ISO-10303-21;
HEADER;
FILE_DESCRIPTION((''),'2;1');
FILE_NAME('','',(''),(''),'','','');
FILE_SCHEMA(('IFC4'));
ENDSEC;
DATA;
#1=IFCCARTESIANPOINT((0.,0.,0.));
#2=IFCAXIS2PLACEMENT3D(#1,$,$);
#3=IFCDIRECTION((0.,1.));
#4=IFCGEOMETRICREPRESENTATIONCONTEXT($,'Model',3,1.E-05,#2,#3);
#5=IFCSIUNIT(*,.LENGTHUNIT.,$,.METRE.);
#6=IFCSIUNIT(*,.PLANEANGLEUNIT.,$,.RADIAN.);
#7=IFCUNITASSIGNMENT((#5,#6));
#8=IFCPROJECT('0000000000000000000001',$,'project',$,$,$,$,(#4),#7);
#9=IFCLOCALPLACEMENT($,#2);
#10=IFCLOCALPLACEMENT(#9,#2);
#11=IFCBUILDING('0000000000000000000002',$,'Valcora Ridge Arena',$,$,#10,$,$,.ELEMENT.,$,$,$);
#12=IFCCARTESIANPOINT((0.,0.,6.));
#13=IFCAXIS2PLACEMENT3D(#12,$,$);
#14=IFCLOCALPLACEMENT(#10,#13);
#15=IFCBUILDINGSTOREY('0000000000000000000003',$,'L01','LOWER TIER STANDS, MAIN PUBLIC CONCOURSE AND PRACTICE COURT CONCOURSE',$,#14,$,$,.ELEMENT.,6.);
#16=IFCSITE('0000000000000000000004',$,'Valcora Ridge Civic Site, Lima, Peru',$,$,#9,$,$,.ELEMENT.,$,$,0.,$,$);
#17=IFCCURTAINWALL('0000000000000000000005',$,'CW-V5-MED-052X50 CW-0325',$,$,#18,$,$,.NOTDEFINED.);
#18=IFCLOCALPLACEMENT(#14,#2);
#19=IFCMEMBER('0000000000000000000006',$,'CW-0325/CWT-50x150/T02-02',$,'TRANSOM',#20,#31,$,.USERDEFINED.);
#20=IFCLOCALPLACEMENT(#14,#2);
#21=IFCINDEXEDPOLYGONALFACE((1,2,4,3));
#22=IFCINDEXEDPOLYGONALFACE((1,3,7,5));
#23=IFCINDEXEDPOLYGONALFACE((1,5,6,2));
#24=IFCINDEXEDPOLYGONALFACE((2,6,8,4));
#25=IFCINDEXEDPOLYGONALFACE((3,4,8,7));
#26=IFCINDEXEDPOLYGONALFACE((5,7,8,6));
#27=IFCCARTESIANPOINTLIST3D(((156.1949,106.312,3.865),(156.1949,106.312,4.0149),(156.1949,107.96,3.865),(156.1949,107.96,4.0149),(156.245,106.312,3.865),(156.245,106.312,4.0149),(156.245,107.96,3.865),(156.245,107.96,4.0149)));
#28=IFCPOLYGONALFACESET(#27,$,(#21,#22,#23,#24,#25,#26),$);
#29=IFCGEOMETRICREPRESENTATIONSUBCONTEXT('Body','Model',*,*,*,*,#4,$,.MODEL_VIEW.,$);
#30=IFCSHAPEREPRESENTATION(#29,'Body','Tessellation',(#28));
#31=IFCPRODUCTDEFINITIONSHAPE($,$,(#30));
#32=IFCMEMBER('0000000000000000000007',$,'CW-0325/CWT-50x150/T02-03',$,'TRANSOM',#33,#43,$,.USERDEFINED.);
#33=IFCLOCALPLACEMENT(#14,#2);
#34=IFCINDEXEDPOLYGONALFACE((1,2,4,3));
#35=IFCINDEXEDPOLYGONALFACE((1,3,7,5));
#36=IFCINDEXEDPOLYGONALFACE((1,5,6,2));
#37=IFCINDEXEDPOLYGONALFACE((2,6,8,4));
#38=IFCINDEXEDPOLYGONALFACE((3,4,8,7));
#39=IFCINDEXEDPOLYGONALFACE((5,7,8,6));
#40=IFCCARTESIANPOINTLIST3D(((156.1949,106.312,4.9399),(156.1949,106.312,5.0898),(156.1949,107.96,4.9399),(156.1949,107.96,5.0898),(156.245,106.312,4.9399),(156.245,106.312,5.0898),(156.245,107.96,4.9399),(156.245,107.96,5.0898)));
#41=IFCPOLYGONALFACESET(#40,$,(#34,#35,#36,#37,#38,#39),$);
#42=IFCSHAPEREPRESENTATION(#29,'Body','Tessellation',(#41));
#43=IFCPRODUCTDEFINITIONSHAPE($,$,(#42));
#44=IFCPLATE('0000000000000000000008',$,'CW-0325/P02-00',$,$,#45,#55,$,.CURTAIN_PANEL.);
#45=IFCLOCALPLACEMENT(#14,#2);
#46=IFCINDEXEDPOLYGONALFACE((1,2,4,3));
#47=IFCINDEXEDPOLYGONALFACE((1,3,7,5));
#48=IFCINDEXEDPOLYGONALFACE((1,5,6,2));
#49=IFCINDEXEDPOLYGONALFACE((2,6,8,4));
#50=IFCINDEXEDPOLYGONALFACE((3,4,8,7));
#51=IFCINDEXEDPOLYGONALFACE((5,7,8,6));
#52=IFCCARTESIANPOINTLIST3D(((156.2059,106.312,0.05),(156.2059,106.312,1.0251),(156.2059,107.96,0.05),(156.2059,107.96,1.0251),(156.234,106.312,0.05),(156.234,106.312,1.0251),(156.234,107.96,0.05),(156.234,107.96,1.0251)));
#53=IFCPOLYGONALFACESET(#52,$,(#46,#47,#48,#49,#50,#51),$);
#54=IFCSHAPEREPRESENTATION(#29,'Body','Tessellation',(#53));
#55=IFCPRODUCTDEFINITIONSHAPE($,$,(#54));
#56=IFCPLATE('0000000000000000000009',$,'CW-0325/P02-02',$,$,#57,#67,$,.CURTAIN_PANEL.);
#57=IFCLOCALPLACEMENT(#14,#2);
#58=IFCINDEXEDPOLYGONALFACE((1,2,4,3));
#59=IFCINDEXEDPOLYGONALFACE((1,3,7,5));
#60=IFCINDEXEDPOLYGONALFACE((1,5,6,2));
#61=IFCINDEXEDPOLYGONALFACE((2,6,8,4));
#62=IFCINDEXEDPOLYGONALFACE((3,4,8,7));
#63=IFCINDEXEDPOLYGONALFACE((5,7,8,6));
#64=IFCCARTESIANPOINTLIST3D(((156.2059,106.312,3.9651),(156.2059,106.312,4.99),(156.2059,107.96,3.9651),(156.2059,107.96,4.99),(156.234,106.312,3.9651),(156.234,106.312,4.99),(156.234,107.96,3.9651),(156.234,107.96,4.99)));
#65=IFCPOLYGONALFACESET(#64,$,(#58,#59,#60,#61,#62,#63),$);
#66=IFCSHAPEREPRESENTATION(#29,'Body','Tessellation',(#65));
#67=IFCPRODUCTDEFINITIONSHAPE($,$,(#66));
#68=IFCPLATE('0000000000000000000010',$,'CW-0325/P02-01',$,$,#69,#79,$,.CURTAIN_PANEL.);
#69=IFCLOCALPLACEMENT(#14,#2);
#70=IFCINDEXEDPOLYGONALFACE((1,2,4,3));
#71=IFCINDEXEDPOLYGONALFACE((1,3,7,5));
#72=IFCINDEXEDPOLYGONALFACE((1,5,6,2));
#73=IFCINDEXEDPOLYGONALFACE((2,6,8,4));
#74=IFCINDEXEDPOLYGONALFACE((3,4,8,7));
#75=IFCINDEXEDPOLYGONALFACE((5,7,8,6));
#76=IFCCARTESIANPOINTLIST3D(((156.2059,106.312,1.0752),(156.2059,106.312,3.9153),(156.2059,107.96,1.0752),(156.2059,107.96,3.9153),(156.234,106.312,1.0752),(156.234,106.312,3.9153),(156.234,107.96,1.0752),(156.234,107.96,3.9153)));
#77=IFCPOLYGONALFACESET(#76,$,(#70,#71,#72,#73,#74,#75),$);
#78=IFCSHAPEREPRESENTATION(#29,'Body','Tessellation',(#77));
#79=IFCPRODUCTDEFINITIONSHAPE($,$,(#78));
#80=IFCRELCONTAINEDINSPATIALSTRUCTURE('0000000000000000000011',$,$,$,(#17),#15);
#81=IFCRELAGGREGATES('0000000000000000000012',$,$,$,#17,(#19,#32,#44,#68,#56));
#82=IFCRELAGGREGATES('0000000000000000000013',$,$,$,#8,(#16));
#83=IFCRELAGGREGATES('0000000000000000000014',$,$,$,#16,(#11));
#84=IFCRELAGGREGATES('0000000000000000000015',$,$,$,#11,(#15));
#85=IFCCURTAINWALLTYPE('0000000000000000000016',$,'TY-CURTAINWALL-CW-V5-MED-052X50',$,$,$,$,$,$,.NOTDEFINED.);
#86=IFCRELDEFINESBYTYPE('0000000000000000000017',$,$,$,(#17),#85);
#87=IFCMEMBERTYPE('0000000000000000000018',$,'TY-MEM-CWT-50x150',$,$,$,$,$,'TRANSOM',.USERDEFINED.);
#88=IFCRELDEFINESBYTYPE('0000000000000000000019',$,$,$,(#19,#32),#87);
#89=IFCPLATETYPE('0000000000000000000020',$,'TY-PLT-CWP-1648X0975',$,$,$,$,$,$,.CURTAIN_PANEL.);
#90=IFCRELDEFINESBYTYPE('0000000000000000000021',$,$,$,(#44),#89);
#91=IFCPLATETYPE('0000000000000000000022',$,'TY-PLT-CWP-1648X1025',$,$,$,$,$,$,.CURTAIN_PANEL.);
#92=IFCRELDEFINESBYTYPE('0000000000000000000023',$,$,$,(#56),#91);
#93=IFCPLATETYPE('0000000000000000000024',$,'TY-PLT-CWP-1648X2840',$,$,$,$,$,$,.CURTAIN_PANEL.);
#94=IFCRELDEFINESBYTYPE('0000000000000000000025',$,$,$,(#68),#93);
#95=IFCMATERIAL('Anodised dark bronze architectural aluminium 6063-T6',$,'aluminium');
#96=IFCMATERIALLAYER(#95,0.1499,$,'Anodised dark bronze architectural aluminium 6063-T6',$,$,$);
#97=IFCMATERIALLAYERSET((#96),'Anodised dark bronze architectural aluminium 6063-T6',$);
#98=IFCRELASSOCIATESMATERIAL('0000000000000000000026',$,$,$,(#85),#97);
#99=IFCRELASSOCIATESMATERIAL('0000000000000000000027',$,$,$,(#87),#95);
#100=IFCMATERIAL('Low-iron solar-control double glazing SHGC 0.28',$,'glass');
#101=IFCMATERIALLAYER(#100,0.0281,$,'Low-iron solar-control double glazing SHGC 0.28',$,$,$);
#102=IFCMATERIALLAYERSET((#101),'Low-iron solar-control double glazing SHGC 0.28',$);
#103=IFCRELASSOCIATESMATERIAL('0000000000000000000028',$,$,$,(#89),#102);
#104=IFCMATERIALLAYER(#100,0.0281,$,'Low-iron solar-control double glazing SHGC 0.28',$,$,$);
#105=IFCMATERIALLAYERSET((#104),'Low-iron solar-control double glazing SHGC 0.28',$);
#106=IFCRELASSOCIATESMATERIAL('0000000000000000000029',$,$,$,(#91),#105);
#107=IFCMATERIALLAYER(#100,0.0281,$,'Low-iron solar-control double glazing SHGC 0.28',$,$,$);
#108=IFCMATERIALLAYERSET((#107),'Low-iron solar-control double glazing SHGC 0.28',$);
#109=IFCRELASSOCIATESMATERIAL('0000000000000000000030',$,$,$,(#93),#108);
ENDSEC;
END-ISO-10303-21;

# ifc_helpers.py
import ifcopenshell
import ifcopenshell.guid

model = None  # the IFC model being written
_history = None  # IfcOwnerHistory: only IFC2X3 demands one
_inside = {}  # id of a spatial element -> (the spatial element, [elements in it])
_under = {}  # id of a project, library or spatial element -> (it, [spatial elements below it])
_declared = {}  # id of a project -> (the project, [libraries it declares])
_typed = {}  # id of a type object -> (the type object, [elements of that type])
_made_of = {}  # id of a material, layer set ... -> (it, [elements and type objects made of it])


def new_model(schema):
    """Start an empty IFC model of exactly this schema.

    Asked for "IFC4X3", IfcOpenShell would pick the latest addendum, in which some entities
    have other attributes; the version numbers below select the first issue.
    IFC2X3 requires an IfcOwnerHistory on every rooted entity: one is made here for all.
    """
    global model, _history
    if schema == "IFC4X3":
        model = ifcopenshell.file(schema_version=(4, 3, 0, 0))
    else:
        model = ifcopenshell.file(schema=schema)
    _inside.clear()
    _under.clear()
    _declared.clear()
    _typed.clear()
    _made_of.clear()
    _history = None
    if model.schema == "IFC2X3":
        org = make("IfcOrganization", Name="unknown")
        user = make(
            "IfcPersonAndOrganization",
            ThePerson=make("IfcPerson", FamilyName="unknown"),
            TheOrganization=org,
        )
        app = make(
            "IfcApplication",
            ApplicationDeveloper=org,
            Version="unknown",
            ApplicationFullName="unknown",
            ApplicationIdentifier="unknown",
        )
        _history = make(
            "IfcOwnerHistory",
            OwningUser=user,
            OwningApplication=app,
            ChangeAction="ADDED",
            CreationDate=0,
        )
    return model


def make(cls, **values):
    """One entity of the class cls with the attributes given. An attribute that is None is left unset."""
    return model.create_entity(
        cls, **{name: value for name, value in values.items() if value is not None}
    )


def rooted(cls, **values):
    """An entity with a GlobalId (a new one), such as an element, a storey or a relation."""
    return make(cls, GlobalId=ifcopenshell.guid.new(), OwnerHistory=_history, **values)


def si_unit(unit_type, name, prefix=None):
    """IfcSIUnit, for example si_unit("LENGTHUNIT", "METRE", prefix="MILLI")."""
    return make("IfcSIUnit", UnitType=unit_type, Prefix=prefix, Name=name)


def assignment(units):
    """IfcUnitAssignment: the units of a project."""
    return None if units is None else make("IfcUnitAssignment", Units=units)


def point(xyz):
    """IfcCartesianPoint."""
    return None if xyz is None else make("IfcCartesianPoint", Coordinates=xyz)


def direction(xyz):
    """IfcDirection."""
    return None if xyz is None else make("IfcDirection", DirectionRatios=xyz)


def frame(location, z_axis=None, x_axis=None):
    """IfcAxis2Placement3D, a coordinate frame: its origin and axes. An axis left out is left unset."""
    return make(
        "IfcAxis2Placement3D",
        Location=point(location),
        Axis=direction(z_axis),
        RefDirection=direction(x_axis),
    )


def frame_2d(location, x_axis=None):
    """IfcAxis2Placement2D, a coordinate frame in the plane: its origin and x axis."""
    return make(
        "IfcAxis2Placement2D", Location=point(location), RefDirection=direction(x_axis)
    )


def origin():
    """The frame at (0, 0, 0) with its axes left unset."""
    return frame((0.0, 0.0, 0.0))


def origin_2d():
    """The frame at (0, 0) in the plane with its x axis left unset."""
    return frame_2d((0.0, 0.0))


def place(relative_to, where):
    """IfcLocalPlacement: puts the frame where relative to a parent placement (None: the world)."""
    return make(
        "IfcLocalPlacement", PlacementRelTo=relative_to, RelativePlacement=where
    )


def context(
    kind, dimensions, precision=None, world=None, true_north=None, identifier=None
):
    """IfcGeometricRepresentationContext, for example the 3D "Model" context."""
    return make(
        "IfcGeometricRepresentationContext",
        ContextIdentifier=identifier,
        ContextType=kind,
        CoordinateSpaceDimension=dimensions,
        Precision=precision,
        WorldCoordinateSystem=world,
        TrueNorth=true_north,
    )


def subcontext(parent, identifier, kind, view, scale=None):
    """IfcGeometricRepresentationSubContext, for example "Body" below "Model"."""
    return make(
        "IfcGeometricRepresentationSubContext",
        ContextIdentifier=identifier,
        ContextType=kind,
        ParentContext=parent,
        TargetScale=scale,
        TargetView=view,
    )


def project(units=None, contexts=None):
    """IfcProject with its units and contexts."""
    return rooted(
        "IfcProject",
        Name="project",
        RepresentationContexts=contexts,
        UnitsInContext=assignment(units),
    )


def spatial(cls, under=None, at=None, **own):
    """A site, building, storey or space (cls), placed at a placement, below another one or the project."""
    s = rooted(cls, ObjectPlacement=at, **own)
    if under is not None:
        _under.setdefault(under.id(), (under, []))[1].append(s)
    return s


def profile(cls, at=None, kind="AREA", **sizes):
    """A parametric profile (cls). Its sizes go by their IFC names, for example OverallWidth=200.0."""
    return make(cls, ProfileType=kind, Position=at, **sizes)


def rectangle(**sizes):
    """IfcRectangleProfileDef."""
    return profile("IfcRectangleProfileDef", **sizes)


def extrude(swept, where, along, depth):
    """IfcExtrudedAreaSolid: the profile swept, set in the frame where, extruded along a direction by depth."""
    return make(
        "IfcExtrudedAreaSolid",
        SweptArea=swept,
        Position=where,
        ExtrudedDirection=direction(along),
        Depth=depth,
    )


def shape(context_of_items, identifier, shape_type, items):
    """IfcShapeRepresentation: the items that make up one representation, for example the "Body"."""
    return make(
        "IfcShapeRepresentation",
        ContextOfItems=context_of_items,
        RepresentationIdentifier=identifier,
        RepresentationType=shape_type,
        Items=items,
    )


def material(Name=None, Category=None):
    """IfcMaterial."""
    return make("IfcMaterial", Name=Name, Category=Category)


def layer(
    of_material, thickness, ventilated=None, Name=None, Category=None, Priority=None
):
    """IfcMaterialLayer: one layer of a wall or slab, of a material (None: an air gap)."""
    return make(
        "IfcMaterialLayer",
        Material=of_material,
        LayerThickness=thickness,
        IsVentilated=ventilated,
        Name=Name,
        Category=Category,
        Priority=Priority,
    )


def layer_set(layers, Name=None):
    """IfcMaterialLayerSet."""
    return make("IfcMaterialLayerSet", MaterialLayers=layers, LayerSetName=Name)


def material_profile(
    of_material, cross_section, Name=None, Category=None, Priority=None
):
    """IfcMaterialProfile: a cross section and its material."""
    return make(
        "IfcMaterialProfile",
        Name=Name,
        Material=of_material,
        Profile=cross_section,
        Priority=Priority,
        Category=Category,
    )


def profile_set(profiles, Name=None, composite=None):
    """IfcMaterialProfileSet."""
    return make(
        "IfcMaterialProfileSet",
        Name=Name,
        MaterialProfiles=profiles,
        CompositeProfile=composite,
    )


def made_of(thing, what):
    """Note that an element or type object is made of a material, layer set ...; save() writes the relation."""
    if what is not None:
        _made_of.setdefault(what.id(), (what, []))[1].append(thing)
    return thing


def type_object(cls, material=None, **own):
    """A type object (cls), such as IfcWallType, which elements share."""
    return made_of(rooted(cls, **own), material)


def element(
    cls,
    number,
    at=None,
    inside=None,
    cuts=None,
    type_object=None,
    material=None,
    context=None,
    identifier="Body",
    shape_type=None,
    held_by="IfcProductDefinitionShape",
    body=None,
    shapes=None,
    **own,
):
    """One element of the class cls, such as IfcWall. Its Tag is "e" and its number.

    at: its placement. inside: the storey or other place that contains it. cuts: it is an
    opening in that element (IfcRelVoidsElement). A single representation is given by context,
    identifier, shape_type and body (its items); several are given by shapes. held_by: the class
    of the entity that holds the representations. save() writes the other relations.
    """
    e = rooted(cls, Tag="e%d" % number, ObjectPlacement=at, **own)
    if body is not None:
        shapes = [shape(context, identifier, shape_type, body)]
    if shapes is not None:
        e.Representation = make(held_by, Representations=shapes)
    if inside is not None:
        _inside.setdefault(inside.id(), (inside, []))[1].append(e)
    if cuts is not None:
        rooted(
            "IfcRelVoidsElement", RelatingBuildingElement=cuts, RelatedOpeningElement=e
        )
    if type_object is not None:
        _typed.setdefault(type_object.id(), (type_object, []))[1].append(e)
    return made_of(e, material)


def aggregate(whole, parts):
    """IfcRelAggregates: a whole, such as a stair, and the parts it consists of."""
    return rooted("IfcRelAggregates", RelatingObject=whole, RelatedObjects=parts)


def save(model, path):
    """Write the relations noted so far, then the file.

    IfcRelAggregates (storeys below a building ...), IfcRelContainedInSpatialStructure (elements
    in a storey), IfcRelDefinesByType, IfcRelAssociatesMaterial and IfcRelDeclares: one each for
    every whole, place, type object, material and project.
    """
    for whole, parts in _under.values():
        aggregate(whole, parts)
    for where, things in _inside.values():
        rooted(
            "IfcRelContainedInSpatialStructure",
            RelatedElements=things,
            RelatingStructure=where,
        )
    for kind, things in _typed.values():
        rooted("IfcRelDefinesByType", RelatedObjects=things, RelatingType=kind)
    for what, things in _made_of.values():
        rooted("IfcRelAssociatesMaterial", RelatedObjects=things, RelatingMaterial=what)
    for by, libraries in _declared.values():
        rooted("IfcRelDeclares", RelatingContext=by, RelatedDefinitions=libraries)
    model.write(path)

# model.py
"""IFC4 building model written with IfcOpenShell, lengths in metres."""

from ifc_helpers import new_model, si_unit, direction, frame, origin, origin_2d, place, context, subcontext, project, spatial, rectangle, extrude, material, layer, layer_set, material_profile, profile_set, type_object, element, aggregate, save


model = new_model("IFC4")

# Units and contexts
model_context = context("Model", 3, precision=1e-05, world=origin(), true_north=direction((0.0, 1.0)))
body_context = subcontext(model_context, "Body", "Model", "MODEL_VIEW")
ifc_project = project(units=[si_unit("LENGTHUNIT", "METRE"), si_unit("PLANEANGLEUNIT", "RADIAN")], contexts=[model_context])

# Site, building, storey
site_placement = place(None, origin())
site = spatial("IfcSite", under=ifc_project, at=site_placement, Name="Valcora Ridge Civic Site, Lima, Peru", CompositionType="ELEMENT", RefElevation=0.0)
building_placement = place(site_placement, origin())
building = spatial("IfcBuilding", under=site, at=building_placement, Name="Valcora Ridge Arena", CompositionType="ELEMENT")
storey_placement = place(building_placement, frame((0.0, 0.0, 6.0)))
storey = spatial("IfcBuildingStorey", under=building, at=storey_placement, Name="L01", Description="LOWER TIER STANDS, MAIN PUBLIC CONCOURSE AND PRACTICE COURT CONCOURSE", CompositionType="ELEMENT", Elevation=6.0)

# Curtain wall, members, plates
ifc_material_1 = material(Name="Anodised dark bronze architectural aluminium 6063-T6", Category="aluminium")
ifc_layer_1 = layer(ifc_material_1, 0.1499, Name="Anodised dark bronze architectural aluminium 6063-T6")
ifc_layer_set_1 = layer_set([ifc_layer_1], Name="Anodised dark bronze architectural aluminium 6063-T6")
curtain_wall_type = type_object("IfcCurtainWallType", Name="TY-CURTAINWALL-CW-V5-MED-052X50", PredefinedType="NOTDEFINED", material=ifc_layer_set_1)
curtain_wall_placement = place(storey_placement, origin())
curtain_wall = element("IfcCurtainWall", 1, at=curtain_wall_placement, inside=storey, type_object=curtain_wall_type, Name="CW-V5-MED-052X50 CW-0325", PredefinedType="NOTDEFINED")
ifc_material_profile_1 = material_profile(ifc_material_1, rectangle(XDim=0.05, YDim=0.1499, at=origin_2d()), Name="ALU TRANSOM 50x150")
ifc_profile_set_1 = profile_set([ifc_material_profile_1], Name="Anodised dark bronze architectural aluminium 6063-T6")
member_type_1 = type_object("IfcMemberType", Name="TY-MEM-CWT-50x150", ElementType="TRANSOM", PredefinedType="USERDEFINED", material=ifc_profile_set_1)
member_1_placement = place(storey_placement, frame((156.22, 106.312, 3.9399), z_axis=(0.0, 1.0, 0.0), x_axis=(-1.0, 0.0, 0.0)))
member_1 = element("IfcMember", 2, at=member_1_placement, type_object=member_type_1, Name="CW-0325/CWT-50x150/T02-02", ObjectType="TRANSOM", PredefinedType="USERDEFINED", context=body_context, shape_type="SweptSolid", body=[
    extrude(rectangle(XDim=0.05, YDim=0.1499, at=origin_2d()), origin(), (0.0, 0.0, 1.0), 1.6479),
])
member_2_placement = place(storey_placement, frame((156.22, 106.312, 5.0149), z_axis=(0.0, 1.0, 0.0), x_axis=(-1.0, 0.0, 0.0)))
member_2 = element("IfcMember", 3, at=member_2_placement, type_object=member_type_1, Name="CW-0325/CWT-50x150/T02-03", ObjectType="TRANSOM", PredefinedType="USERDEFINED", context=body_context, shape_type="SweptSolid", body=[
    extrude(rectangle(XDim=0.05, YDim=0.1499, at=origin_2d()), origin(), (0.0, 0.0, 1.0), 1.6479),
])
ifc_material_2 = material(Name="Low-iron solar-control double glazing SHGC 0.28", Category="glass")
ifc_layer_2 = layer(ifc_material_2, 0.0281, Name="Low-iron solar-control double glazing SHGC 0.28")
ifc_layer_set_2 = layer_set([ifc_layer_2], Name="Low-iron solar-control double glazing SHGC 0.28")
plate_type_1 = type_object("IfcPlateType", Name="TY-PLT-CWP-1648X0975", PredefinedType="CURTAIN_PANEL", material=ifc_layer_set_2)
plate_1_placement = place(storey_placement, frame((156.22, 107.136, 0.05), z_axis=(0.0, 0.0, 1.0), x_axis=(0.0, 1.0, 0.0)))
plate_1 = element("IfcPlate", 4, at=plate_1_placement, type_object=plate_type_1, Name="CW-0325/P02-00", PredefinedType="CURTAIN_PANEL", context=body_context, shape_type="SweptSolid", body=[
    extrude(rectangle(XDim=1.6479, YDim=0.0281, at=origin_2d()), origin(), (0.0, 0.0, 1.0), 0.9751),
])
ifc_layer_3 = layer(ifc_material_2, 0.0281, Name="Low-iron solar-control double glazing SHGC 0.28")
ifc_layer_set_3 = layer_set([ifc_layer_3], Name="Low-iron solar-control double glazing SHGC 0.28")
plate_type_2 = type_object("IfcPlateType", Name="TY-PLT-CWP-1648X1025", PredefinedType="CURTAIN_PANEL", material=ifc_layer_set_3)
plate_2_placement = place(storey_placement, frame((156.22, 107.136, 3.9651), z_axis=(0.0, 0.0, 1.0), x_axis=(0.0, 1.0, 0.0)))
plate_2 = element("IfcPlate", 5, at=plate_2_placement, type_object=plate_type_2, Name="CW-0325/P02-02", PredefinedType="CURTAIN_PANEL", context=body_context, shape_type="SweptSolid", body=[
    extrude(rectangle(XDim=1.6479, YDim=0.0281, at=origin_2d()), origin(), (0.0, 0.0, 1.0), 1.0249),
])
ifc_layer_4 = layer(ifc_material_2, 0.0281, Name="Low-iron solar-control double glazing SHGC 0.28")
ifc_layer_set_4 = layer_set([ifc_layer_4], Name="Low-iron solar-control double glazing SHGC 0.28")
plate_type_3 = type_object("IfcPlateType", Name="TY-PLT-CWP-1648X2840", PredefinedType="CURTAIN_PANEL", material=ifc_layer_set_4)
plate_3_placement = place(storey_placement, frame((156.22, 107.136, 1.0752), z_axis=(0.0, 0.0, 1.0), x_axis=(0.0, 1.0, 0.0)))
plate_3 = element("IfcPlate", 6, at=plate_3_placement, type_object=plate_type_3, Name="CW-0325/P02-01", PredefinedType="CURTAIN_PANEL", context=body_context, shape_type="SweptSolid", body=[
    extrude(rectangle(XDim=1.6479, YDim=0.0281, at=origin_2d()), origin(), (0.0, 0.0, 1.0), 2.8401),
])
aggregate(curtain_wall, [member_1, member_2, plate_1, plate_3, plate_2])

save(model, "model.ifc")
